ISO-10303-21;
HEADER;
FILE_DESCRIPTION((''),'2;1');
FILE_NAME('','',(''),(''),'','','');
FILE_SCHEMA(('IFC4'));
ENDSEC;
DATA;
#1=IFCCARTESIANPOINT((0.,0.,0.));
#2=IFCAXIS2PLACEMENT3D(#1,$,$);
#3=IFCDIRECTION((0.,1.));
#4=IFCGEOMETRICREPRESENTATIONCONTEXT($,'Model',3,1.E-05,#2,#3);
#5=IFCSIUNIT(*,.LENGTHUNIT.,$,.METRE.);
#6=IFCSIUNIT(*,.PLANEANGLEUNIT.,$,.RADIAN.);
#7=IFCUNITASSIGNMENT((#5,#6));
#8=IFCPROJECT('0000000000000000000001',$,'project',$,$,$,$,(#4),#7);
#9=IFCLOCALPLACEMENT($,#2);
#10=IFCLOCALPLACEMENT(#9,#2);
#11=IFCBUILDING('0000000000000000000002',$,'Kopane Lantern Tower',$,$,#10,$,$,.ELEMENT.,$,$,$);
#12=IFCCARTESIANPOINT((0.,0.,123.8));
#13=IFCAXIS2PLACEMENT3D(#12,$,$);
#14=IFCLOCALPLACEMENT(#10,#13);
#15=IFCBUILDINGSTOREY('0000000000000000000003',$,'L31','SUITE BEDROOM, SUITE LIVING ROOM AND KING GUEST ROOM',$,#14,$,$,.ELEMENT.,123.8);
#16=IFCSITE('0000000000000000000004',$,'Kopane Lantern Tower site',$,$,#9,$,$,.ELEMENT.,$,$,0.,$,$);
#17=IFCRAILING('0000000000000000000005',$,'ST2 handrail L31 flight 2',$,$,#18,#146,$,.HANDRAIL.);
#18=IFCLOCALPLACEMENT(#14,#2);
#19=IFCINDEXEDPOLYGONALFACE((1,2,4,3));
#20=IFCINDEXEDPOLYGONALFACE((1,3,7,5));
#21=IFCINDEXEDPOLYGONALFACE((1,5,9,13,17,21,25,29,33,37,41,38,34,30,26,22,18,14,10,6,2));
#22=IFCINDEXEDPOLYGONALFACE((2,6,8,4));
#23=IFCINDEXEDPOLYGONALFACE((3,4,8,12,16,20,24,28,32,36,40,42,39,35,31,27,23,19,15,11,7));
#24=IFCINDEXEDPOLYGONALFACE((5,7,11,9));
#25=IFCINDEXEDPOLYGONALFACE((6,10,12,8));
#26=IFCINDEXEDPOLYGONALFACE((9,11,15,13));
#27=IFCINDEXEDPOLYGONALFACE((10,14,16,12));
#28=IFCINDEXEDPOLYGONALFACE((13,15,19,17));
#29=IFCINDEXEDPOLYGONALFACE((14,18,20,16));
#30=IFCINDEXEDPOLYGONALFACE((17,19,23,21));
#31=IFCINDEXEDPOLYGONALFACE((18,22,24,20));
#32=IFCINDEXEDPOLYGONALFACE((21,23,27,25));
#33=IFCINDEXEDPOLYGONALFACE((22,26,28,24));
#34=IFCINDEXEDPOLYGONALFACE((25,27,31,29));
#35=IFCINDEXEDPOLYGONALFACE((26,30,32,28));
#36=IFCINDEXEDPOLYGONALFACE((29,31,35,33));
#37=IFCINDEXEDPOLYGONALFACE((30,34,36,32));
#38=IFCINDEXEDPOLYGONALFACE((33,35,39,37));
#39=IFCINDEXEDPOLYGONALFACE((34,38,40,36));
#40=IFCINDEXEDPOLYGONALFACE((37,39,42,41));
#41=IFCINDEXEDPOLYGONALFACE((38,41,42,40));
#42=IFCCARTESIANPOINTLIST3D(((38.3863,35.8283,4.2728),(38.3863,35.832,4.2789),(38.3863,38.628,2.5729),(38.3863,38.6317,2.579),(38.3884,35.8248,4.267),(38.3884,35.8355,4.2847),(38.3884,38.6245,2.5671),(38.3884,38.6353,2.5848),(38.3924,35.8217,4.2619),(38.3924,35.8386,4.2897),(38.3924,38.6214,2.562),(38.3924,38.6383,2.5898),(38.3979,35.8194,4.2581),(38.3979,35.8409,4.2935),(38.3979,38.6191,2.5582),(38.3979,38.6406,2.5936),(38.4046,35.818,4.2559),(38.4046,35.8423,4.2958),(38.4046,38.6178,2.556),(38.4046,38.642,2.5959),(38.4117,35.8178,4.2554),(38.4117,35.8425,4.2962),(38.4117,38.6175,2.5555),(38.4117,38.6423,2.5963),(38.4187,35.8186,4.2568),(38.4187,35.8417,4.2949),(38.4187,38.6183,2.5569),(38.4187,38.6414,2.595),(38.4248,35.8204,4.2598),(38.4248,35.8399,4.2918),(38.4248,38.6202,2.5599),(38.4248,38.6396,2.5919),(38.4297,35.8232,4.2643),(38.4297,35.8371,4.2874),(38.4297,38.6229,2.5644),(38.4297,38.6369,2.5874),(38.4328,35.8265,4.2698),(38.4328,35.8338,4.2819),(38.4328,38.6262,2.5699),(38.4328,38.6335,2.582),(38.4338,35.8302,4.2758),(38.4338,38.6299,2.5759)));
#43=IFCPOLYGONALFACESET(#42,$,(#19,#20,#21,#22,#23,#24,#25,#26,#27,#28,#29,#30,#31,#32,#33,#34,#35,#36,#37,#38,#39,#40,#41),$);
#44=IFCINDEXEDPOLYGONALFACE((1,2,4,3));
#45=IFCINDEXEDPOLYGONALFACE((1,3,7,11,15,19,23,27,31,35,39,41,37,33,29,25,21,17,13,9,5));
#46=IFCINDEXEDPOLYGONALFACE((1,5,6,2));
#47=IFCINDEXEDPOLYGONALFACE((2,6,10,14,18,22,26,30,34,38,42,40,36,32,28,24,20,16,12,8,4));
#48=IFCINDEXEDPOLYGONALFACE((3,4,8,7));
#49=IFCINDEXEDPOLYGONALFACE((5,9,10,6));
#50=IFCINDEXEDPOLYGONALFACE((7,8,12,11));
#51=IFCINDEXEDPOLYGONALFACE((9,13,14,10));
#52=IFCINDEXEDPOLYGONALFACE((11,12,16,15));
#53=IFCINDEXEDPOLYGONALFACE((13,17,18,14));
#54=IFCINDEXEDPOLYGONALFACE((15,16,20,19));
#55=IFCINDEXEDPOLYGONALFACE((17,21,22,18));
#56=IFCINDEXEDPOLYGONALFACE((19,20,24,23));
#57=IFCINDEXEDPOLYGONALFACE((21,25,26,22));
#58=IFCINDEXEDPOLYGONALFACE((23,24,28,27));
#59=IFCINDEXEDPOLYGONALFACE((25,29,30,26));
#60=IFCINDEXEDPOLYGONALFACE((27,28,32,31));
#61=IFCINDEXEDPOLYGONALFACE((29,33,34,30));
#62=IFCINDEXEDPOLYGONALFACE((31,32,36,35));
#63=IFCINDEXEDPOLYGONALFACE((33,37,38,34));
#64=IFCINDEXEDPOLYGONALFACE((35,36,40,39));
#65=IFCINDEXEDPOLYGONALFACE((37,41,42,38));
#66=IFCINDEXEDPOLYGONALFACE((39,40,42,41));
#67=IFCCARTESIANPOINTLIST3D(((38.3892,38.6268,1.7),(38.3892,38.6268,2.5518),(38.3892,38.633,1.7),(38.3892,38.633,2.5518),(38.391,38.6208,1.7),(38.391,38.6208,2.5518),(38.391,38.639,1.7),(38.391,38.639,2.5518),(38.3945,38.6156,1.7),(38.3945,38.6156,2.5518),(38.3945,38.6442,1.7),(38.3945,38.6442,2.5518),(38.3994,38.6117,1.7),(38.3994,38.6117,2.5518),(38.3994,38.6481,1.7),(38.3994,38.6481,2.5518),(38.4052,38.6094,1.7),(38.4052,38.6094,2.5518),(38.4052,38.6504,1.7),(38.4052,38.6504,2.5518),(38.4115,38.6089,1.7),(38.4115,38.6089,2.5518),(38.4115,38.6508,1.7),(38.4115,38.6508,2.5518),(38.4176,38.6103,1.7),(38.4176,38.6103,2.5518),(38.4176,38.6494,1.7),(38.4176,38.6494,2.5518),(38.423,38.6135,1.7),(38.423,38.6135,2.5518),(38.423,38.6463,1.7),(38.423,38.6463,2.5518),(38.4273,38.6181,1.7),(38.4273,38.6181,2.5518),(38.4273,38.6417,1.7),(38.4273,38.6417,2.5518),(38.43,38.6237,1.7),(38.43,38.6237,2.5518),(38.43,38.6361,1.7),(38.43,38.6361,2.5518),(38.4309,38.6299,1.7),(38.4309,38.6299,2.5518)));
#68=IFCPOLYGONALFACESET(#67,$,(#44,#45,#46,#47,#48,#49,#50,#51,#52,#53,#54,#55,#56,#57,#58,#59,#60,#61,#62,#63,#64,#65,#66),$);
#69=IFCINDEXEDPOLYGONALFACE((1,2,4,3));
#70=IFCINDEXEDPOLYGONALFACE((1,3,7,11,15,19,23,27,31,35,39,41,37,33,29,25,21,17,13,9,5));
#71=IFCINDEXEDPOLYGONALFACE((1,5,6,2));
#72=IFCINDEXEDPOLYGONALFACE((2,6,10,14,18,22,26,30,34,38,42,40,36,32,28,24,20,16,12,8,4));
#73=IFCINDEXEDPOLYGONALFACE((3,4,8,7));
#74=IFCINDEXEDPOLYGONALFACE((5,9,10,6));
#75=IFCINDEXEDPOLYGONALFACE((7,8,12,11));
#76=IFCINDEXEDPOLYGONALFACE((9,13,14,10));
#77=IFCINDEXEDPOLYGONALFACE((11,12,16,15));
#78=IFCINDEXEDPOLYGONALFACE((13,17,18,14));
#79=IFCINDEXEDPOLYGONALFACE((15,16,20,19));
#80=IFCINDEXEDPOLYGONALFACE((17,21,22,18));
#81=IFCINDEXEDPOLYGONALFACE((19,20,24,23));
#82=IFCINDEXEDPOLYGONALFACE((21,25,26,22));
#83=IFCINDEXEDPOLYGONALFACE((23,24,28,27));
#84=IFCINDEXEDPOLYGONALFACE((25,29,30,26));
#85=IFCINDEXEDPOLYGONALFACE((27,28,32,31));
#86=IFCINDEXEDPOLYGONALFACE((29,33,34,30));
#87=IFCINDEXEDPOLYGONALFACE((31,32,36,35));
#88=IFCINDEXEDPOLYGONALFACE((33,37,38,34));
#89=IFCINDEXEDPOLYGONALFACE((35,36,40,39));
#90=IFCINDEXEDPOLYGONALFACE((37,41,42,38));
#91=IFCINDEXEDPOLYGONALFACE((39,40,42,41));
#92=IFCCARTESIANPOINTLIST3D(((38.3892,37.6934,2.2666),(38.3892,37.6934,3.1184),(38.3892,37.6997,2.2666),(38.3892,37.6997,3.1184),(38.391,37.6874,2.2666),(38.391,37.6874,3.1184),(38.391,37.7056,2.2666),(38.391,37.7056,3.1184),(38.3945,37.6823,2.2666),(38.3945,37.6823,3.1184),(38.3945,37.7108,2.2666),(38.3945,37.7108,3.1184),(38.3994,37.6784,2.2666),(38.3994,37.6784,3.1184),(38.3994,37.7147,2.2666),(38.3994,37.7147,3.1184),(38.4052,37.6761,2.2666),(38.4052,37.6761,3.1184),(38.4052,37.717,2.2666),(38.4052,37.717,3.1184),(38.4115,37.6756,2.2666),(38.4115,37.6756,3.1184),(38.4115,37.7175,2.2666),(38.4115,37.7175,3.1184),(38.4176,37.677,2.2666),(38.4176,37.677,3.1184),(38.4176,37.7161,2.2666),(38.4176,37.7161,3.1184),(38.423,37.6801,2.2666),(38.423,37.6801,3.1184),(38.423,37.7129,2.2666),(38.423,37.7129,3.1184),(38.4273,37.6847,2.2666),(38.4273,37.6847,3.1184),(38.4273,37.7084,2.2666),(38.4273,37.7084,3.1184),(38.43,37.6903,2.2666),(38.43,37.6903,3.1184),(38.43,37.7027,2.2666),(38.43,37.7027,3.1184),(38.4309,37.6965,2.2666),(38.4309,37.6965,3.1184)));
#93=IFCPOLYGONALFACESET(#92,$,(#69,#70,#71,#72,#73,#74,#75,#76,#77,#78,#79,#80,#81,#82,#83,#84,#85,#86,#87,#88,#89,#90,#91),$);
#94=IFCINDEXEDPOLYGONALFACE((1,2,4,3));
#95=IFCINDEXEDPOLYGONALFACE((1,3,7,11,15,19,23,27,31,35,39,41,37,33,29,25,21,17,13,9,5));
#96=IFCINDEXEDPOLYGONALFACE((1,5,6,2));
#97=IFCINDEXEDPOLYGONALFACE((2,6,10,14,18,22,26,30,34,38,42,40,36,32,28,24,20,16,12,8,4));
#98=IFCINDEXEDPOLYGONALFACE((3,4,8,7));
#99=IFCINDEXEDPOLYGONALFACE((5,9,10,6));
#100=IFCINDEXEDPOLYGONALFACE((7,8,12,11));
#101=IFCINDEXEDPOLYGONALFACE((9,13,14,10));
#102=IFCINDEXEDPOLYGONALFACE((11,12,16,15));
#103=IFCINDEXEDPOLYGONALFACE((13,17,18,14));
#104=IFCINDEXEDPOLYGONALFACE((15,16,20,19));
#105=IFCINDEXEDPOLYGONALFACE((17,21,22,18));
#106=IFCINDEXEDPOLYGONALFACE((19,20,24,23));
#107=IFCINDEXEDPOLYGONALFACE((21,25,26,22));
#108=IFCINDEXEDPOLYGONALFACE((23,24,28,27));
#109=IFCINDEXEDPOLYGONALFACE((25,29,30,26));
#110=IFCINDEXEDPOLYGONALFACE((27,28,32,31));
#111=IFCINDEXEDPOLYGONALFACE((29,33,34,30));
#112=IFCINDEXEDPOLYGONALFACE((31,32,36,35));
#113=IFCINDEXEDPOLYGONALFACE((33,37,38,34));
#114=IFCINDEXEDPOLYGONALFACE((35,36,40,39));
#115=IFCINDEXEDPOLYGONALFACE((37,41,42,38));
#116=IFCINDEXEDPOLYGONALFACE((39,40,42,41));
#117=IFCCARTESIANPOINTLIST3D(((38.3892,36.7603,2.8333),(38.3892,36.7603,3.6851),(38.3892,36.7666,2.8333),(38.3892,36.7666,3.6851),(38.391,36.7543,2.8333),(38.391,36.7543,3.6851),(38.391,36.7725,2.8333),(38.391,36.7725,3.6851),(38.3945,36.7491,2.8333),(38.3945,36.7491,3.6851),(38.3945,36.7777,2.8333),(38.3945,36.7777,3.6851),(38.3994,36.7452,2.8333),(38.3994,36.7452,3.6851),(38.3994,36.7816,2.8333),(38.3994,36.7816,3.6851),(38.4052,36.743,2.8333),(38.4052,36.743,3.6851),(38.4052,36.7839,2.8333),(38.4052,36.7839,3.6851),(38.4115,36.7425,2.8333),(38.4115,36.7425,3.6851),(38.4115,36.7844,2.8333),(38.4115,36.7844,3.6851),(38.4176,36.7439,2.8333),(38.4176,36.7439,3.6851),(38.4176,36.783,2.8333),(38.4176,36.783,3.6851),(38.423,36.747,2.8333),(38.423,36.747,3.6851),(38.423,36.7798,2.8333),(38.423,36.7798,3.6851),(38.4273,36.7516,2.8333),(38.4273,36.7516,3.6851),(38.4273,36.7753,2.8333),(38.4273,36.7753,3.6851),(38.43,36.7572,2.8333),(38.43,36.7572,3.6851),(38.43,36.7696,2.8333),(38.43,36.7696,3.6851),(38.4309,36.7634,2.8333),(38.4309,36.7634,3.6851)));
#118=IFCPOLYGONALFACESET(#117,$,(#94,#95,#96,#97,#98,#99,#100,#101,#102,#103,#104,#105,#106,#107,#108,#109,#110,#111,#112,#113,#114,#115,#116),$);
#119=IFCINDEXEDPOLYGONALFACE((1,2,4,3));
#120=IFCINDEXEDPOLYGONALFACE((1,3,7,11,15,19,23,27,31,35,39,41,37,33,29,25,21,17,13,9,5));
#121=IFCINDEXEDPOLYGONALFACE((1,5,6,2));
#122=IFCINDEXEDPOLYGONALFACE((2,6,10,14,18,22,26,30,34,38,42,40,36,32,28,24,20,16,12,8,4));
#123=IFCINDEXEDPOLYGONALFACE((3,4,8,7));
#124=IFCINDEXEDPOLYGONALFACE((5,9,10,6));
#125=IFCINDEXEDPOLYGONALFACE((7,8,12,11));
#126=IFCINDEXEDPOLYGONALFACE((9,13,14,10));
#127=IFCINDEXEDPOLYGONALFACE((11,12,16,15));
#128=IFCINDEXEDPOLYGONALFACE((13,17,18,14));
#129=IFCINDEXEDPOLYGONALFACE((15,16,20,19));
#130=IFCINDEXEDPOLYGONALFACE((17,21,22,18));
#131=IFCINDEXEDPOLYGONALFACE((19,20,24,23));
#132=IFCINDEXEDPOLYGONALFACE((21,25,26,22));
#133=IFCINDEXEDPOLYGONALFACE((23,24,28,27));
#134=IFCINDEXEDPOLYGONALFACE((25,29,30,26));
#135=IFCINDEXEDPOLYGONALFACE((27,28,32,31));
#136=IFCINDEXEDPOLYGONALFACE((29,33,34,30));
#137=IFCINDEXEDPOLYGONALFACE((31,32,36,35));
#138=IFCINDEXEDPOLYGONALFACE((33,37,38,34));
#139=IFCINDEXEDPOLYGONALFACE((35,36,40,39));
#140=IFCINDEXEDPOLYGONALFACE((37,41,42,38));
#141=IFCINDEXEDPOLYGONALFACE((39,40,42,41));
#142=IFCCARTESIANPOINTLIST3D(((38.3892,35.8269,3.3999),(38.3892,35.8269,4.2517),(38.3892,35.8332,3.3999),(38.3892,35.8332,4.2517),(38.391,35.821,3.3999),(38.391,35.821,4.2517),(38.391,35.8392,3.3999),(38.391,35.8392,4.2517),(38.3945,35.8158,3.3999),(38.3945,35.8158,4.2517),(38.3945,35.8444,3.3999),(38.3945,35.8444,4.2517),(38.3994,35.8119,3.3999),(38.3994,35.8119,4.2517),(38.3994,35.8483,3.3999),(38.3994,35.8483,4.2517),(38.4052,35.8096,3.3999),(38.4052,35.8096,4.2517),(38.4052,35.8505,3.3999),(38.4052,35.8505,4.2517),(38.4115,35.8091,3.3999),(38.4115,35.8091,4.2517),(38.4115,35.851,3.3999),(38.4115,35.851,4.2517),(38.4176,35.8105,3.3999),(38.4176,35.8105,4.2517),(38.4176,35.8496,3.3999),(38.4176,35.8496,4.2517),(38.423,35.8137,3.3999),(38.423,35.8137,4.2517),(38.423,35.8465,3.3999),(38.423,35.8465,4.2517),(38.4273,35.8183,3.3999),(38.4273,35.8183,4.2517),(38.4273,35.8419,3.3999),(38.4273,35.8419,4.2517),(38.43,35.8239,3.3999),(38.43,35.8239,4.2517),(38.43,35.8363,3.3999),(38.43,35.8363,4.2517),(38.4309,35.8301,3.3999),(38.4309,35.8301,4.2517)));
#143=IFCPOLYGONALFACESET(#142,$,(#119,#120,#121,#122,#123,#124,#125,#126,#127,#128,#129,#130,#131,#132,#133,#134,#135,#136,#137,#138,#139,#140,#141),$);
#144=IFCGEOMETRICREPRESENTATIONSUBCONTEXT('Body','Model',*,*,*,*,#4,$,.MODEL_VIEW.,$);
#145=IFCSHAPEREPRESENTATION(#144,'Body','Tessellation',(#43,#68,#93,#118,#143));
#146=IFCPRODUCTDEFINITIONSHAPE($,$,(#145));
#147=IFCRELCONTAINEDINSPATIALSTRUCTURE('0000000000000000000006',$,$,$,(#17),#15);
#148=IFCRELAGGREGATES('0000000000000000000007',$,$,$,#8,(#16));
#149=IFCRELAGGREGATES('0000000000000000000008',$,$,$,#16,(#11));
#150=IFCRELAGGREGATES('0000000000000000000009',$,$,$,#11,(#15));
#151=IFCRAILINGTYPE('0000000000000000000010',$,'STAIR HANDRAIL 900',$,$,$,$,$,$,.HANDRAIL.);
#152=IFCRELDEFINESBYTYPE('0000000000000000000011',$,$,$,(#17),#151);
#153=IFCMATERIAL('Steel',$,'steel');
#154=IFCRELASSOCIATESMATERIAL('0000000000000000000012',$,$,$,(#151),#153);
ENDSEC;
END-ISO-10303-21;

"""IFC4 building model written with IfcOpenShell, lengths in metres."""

from ifc_helpers import new_model, si_unit, direction, frame, origin, origin_2d, place, context, subcontext, project, spatial, circle, extrude, material, type_object, element, save


model = new_model("IFC4")

# Units and contexts
model_context = context("Model", 3, precision=1e-05, world=origin(), true_north=direction((0.0, 1.0)))
body_context = subcontext(model_context, "Body", "Model", "MODEL_VIEW")
ifc_project = project(units=[si_unit("LENGTHUNIT", "METRE"), si_unit("PLANEANGLEUNIT", "RADIAN")], contexts=[model_context])

# Site, building, storey
site_placement = place(None, origin())
site = spatial("IfcSite", under=ifc_project, at=site_placement, Name="Kopane Lantern Tower site", CompositionType="ELEMENT", RefElevation=0.0)
building_placement = place(site_placement, origin())
building = spatial("IfcBuilding", under=site, at=building_placement, Name="Kopane Lantern Tower", CompositionType="ELEMENT")
storey_placement = place(building_placement, frame((0.0, 0.0, 123.8)))
storey = spatial("IfcBuildingStorey", under=building, at=storey_placement, Name="L31", Description="SUITE BEDROOM, SUITE LIVING ROOM AND KING GUEST ROOM", CompositionType="ELEMENT", Elevation=123.8)

# Railing
ifc_material_1 = material(Name="Steel", Category="steel")
railing_type_1 = type_object("IfcRailingType", Name="STAIR HANDRAIL 900", PredefinedType="HANDRAIL", material=ifc_material_1)
for number, where, name in (
    (1, (38.4099, 38.6299, 1.7), "ST2 handrail L31 flight 2"),
):
    element("IfcRailing", number, at=place(storey_placement, frame(where)), inside=storey, type_object=railing_type_1, Name=name, PredefinedType="HANDRAIL", context=body_context, shape_type="SweptSolid", body=[
        extrude(circle(Radius=0.0239, at=origin_2d()), frame((0.0, 0.0, 0.876), z_axis=(0.0, -0.854778, 0.518994), x_axis=(1.0, 0.0, 0.0)), (0.0, 0.0, 1.0), 3.2754),
        extrude(circle(Radius=0.021, at=origin_2d()), origin(), (0.0, 0.0, 1.0), 0.8518),
        extrude(circle(Radius=0.021, at=origin_2d()), frame((0.0, -0.9333, 0.5667)), (0.0, 0.0, 1.0), 0.8518),
        extrude(circle(Radius=0.021, at=origin_2d()), frame((0.0, -1.8665, 1.1333)), (0.0, 0.0, 1.0), 0.8518),
        extrude(circle(Radius=0.021, at=origin_2d()), frame((0.0, -2.7998, 1.7)), (0.0, 0.0, 1.0), 0.8518),
    ])

save(model, "model.ifc")
